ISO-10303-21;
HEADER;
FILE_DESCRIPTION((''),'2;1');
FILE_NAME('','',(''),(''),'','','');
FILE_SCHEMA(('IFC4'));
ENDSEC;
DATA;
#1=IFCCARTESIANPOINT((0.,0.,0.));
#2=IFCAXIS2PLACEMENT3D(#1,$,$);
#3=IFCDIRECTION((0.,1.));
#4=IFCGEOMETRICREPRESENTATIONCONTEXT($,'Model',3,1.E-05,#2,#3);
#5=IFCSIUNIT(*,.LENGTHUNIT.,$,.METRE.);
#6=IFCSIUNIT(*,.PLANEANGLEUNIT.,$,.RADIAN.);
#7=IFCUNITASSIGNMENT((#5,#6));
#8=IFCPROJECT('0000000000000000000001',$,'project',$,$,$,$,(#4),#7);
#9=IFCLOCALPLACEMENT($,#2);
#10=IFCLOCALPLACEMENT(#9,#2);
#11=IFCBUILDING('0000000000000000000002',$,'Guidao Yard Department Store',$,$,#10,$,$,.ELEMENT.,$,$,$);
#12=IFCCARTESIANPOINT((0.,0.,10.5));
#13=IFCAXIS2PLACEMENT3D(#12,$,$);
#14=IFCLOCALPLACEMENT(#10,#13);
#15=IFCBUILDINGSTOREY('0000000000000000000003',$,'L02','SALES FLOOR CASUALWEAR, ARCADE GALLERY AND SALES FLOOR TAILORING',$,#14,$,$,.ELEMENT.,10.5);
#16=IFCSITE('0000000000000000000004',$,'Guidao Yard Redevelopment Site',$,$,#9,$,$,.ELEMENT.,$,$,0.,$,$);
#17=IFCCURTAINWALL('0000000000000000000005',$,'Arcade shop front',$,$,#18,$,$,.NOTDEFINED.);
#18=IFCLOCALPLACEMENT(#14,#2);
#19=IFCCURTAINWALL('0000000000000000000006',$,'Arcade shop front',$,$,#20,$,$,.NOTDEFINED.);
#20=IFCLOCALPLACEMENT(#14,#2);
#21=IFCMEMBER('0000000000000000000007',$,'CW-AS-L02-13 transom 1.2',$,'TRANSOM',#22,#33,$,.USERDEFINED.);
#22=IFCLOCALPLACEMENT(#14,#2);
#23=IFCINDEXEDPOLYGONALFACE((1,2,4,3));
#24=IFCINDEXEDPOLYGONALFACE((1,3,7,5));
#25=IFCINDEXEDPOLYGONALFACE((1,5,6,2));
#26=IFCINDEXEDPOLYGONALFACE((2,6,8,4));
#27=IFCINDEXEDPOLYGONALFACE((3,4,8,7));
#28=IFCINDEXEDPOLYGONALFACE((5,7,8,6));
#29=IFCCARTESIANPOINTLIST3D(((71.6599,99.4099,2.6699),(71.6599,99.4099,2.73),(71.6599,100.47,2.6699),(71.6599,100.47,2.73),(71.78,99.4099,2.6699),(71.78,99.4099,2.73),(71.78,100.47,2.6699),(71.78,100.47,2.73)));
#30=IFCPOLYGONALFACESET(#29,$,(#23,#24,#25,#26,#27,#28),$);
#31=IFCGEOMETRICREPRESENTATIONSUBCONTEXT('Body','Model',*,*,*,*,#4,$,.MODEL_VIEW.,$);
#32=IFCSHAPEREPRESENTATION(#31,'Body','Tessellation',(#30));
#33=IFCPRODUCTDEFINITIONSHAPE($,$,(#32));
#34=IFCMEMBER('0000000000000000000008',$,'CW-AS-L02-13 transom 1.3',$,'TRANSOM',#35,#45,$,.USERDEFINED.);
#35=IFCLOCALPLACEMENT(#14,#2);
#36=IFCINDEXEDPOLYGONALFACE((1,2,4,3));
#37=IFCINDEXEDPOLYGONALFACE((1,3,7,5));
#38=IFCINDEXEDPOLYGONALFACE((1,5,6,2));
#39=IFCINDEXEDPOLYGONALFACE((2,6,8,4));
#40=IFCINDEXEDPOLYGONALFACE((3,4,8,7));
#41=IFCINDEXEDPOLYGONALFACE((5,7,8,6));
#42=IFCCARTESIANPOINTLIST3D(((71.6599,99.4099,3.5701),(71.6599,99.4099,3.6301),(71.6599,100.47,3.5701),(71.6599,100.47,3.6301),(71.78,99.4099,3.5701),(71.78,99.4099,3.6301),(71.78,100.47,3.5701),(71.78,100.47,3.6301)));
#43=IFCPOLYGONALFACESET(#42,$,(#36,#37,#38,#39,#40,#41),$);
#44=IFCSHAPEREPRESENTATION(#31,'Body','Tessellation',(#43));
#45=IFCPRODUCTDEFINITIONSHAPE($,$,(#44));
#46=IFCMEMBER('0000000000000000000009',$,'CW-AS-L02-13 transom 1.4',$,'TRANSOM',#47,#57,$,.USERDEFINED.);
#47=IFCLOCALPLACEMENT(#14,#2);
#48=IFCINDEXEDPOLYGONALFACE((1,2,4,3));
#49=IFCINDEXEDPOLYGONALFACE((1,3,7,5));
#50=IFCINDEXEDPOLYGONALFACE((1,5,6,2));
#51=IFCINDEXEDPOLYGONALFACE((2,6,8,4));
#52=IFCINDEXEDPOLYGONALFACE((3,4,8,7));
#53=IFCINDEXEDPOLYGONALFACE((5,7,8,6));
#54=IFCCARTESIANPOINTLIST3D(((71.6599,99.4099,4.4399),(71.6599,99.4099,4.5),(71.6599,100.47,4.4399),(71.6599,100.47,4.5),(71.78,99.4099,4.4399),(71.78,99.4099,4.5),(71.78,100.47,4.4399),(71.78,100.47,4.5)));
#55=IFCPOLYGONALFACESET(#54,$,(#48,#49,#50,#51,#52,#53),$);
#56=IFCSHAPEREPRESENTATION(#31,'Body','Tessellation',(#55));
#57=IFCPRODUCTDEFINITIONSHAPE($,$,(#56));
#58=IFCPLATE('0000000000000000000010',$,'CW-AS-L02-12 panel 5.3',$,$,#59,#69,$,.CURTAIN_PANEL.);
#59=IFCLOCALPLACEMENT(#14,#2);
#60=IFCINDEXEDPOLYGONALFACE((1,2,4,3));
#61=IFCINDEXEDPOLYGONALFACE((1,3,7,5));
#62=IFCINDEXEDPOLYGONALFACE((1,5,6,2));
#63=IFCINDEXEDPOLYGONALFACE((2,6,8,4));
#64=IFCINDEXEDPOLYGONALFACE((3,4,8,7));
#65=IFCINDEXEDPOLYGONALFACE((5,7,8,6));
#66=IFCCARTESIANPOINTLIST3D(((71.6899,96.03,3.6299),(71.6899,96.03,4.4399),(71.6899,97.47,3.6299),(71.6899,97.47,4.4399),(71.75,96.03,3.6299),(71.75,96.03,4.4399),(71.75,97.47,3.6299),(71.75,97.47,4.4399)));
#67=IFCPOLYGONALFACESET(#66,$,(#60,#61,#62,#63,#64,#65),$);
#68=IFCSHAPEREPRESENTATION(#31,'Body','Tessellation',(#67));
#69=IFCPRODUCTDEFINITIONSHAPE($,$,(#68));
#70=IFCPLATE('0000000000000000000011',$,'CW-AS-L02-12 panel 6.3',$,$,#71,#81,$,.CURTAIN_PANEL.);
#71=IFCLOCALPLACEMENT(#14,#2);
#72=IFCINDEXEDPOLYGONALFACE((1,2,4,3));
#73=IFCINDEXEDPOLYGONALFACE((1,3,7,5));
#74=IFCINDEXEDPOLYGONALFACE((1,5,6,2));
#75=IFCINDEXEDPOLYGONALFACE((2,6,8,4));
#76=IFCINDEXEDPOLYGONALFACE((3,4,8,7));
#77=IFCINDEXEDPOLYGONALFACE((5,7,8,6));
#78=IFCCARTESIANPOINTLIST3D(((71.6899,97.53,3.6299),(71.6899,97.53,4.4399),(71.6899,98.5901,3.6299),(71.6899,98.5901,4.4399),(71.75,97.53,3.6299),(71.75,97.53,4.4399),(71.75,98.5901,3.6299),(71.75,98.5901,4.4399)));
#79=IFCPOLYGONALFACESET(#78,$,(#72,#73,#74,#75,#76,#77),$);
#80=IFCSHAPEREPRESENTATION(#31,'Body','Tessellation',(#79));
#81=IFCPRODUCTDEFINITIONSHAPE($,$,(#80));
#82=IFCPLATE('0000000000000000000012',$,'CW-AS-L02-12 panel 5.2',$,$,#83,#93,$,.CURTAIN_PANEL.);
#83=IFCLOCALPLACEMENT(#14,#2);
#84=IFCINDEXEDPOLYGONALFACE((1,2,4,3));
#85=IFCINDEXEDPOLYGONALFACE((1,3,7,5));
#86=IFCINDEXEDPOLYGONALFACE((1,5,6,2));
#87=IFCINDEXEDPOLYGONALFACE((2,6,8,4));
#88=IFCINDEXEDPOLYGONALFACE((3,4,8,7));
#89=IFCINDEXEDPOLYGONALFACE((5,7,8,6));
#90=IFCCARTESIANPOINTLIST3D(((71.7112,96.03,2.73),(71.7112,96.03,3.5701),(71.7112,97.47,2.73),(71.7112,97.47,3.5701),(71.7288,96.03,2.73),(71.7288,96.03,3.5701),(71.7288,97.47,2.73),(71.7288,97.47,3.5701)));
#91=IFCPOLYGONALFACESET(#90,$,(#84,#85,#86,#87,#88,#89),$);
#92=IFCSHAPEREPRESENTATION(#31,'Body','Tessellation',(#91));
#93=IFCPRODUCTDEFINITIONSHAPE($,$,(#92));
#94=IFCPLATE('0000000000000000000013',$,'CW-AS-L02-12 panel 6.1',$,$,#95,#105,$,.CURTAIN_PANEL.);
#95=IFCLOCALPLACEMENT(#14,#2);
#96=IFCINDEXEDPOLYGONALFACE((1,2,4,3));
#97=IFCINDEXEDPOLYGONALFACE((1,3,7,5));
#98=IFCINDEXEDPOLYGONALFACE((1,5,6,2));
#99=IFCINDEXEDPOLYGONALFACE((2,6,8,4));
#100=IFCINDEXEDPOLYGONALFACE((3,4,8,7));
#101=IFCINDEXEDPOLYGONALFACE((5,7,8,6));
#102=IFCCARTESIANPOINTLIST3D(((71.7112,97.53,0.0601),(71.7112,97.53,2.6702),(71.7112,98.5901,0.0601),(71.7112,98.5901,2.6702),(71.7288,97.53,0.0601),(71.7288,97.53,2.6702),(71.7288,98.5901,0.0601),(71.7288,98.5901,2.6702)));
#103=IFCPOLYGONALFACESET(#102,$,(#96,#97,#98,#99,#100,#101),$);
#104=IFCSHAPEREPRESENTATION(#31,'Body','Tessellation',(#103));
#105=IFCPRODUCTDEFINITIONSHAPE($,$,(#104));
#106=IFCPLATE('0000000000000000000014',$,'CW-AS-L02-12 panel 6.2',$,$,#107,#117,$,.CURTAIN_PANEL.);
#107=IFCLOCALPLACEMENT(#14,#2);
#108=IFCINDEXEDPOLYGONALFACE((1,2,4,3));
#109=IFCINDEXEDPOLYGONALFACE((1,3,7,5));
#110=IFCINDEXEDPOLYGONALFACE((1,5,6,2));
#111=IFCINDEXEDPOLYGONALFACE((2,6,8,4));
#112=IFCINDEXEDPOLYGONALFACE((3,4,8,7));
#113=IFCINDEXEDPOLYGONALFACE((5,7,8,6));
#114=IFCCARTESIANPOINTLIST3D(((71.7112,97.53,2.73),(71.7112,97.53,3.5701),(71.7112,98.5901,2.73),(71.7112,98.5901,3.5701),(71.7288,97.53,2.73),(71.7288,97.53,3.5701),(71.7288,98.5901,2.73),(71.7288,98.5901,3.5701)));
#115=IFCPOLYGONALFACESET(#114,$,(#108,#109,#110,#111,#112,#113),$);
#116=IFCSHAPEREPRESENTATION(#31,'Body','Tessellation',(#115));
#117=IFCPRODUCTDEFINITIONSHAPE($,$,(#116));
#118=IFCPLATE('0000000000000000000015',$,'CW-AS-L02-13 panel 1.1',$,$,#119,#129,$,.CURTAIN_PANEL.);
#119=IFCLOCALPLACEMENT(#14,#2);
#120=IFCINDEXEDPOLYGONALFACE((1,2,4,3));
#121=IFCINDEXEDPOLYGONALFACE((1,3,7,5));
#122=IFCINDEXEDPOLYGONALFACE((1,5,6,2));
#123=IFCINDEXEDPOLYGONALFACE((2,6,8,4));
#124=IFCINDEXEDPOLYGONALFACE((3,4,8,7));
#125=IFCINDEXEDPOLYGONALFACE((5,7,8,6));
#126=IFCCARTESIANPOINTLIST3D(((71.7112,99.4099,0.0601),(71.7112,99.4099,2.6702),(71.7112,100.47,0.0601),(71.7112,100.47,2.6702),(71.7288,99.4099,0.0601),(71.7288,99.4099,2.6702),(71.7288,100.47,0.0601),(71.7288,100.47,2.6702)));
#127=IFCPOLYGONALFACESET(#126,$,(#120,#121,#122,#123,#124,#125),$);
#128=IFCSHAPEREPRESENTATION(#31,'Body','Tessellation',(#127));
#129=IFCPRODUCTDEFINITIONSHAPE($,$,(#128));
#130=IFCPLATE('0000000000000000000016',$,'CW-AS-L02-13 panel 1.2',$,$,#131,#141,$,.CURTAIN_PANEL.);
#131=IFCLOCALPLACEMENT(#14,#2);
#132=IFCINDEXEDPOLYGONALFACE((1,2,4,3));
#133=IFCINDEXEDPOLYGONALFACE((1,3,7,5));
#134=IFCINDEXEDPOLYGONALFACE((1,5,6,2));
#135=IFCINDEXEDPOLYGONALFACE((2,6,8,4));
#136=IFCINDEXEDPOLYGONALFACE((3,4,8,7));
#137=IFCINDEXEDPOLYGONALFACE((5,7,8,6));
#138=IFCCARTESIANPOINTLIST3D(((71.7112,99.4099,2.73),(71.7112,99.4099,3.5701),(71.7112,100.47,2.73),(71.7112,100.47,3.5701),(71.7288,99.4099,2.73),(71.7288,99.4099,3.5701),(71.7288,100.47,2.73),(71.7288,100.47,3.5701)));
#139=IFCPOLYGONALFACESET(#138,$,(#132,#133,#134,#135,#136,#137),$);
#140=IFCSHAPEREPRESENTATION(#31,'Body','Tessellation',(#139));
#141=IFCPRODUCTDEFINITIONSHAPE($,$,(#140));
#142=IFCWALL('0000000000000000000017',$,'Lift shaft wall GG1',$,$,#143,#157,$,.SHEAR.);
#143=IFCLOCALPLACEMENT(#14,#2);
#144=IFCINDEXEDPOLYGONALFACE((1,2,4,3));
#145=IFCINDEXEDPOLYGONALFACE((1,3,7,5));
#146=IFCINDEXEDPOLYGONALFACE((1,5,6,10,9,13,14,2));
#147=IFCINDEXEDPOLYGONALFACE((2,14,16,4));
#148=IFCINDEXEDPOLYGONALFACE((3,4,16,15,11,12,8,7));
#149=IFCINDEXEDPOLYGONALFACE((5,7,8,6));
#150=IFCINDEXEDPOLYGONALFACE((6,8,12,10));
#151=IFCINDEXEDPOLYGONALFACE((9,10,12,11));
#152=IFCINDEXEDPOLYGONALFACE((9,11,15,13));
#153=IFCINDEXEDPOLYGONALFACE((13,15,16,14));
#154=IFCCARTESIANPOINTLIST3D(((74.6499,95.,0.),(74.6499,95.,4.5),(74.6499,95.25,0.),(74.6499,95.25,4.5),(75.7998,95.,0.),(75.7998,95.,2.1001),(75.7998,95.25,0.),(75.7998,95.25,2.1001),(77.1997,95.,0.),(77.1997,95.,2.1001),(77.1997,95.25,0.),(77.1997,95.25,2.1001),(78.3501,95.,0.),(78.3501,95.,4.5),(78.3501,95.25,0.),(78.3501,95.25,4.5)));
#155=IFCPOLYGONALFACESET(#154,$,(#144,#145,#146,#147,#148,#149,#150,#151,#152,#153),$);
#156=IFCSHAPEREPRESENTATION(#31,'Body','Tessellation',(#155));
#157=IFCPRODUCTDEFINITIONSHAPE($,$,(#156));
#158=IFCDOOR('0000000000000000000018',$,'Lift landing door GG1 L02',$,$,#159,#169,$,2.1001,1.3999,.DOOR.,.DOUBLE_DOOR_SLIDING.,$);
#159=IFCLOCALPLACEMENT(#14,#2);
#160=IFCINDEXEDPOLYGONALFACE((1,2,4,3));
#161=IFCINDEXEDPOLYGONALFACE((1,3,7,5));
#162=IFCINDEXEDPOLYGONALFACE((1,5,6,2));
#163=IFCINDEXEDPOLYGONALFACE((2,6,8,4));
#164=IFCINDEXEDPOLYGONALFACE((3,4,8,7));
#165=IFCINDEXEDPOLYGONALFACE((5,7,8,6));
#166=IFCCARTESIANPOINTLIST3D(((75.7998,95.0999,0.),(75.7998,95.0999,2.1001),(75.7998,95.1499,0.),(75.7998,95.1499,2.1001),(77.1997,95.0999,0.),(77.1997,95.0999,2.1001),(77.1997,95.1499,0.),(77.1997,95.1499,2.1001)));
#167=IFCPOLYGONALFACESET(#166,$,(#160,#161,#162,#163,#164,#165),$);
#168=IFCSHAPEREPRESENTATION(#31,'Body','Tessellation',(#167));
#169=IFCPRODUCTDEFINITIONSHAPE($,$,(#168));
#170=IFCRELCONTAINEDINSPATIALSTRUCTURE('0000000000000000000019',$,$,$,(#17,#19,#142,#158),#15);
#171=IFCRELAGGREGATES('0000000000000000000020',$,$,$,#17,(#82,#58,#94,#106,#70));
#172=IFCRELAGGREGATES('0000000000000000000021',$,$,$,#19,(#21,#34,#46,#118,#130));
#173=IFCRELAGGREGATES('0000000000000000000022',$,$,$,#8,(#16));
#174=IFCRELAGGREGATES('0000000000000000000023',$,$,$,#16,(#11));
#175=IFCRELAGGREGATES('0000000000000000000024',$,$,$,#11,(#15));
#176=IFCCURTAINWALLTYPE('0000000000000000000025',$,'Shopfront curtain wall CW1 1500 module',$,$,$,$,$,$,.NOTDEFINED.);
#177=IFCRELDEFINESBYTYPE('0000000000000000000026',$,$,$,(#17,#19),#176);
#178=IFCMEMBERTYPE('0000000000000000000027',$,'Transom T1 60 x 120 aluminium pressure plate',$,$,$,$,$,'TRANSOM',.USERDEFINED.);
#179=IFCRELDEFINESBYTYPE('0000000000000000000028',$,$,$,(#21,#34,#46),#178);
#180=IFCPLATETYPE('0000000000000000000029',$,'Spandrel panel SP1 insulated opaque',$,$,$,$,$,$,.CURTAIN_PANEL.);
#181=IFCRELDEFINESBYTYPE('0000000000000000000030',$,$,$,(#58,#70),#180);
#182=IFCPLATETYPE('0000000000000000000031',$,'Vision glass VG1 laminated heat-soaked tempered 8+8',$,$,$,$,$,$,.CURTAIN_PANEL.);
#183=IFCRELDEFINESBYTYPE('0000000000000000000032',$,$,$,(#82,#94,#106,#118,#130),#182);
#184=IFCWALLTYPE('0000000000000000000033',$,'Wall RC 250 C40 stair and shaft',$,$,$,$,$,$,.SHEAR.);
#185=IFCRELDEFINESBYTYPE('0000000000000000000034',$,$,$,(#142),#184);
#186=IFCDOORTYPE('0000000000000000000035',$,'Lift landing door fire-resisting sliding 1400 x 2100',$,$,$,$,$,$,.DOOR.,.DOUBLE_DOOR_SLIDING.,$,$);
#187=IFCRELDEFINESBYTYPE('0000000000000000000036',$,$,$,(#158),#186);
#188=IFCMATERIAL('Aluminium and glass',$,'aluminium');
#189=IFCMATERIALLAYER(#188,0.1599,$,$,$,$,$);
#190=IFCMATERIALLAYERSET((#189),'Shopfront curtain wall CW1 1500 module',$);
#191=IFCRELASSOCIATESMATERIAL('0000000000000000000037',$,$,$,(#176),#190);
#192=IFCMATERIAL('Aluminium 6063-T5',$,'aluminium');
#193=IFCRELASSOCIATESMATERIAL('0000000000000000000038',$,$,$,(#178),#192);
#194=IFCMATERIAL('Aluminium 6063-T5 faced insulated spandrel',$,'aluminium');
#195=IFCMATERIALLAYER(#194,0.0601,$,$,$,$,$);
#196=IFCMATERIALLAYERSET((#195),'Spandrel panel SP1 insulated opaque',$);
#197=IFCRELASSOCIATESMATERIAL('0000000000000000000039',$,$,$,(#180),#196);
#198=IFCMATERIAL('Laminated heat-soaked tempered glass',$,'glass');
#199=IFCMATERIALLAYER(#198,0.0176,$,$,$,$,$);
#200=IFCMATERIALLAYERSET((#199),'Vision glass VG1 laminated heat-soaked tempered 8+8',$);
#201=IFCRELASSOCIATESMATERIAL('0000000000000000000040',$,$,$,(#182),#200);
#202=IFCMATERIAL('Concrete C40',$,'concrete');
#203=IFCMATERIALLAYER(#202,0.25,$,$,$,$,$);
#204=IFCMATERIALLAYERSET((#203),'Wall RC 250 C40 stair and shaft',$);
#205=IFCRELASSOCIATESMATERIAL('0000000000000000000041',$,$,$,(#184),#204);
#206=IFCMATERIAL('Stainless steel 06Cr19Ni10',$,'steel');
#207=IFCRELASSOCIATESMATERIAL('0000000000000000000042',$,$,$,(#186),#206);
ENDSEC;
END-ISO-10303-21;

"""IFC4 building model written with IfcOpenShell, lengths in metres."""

from ifc_helpers import new_model, si_unit, direction, frame, frame_2d, origin, origin_2d, place, context, subcontext, project, spatial, rectangle, extrude, material, layer, layer_set, material_profile, profile_set, type_object, element, fill, aggregate, save


model = new_model("IFC4")

# Units and contexts
model_context = context("Model", 3, precision=1e-05, world=origin(), true_north=direction((0.0, 1.0)))
body_context = subcontext(model_context, "Body", "Model", "MODEL_VIEW")
ifc_project = project(units=[si_unit("LENGTHUNIT", "METRE"), si_unit("PLANEANGLEUNIT", "RADIAN")], contexts=[model_context])

# Site, building, storey
site_placement = place(None, origin())
site = spatial("IfcSite", under=ifc_project, at=site_placement, Name="Guidao Yard Redevelopment Site", CompositionType="ELEMENT", RefElevation=0.0)
building_placement = place(site_placement, origin())
building = spatial("IfcBuilding", under=site, at=building_placement, Name="Guidao Yard Department Store", CompositionType="ELEMENT")
storey_placement = place(building_placement, frame((0.0, 0.0, 10.5)))
storey = spatial("IfcBuildingStorey", under=building, at=storey_placement, Name="L02", Description="SALES FLOOR CASUALWEAR, ARCADE GALLERY AND SALES FLOOR TAILORING", CompositionType="ELEMENT", Elevation=10.5)

# Curtain wall
ifc_material_1 = material(Name="Aluminium and glass", Category="aluminium")
ifc_layer_1 = layer(ifc_material_1, 0.1599)
ifc_layer_set_1 = layer_set([ifc_layer_1], Name="Shopfront curtain wall CW1 1500 module")
curtain_wall_type = type_object("IfcCurtainWallType", Name="Shopfront curtain wall CW1 1500 module", PredefinedType="NOTDEFINED", material=ifc_layer_set_1)
curtain_wall_1_placement = place(storey_placement, origin())
curtain_wall_1 = element("IfcCurtainWall", 1, at=curtain_wall_1_placement, inside=storey, type_object=curtain_wall_type, Name="Arcade shop front", PredefinedType="NOTDEFINED")

# Curtain wall
curtain_wall_2_placement = place(storey_placement, origin())
curtain_wall_2 = element("IfcCurtainWall", 2, at=curtain_wall_2_placement, inside=storey, type_object=curtain_wall_type, Name="Arcade shop front", PredefinedType="NOTDEFINED")

# Members
ifc_material_2 = material(Name="Aluminium 6063-T5", Category="aluminium")
ifc_material_profile_1 = material_profile(ifc_material_2, rectangle(XDim=0.1201, YDim=0.0601, at=origin_2d()), Name="Transom T1 60 x 120 aluminium pressure plate")
ifc_profile_set_1 = profile_set([ifc_material_profile_1], Name="Aluminium 6063-T5")
member_type_1 = type_object("IfcMemberType", Name="Transom T1 60 x 120 aluminium pressure plate", ElementType="TRANSOM", PredefinedType="USERDEFINED", material=ifc_profile_set_1)
member_1_placement = place(storey_placement, frame((71.72, 99.4099, 2.7), z_axis=(0.0, 1.0, 0.0), x_axis=(-1.0, 0.0, 0.0)))
member_1 = element("IfcMember", 3, at=member_1_placement, type_object=member_type_1, Name="CW-AS-L02-13 transom 1.2", ObjectType="TRANSOM", PredefinedType="USERDEFINED", context=body_context, shape_type="SweptSolid", body=[
    extrude(rectangle(XDim=0.1201, YDim=0.0601, at=origin_2d()), origin(), (0.0, 0.0, 1.0), 1.0601),
])
member_2_placement = place(storey_placement, frame((71.72, 99.4099, 3.6001), z_axis=(0.0, 1.0, 0.0), x_axis=(-1.0, 0.0, 0.0)))
member_2 = element("IfcMember", 4, at=member_2_placement, type_object=member_type_1, Name="CW-AS-L02-13 transom 1.3", ObjectType="TRANSOM", PredefinedType="USERDEFINED", context=body_context, shape_type="SweptSolid", body=[
    extrude(rectangle(XDim=0.1201, YDim=0.0601, at=origin_2d()), origin(), (0.0, 0.0, 1.0), 1.0601),
])
member_3_placement = place(storey_placement, frame((71.72, 99.4099, 4.47), z_axis=(0.0, 1.0, 0.0), x_axis=(-1.0, 0.0, 0.0)))
member_3 = element("IfcMember", 5, at=member_3_placement, type_object=member_type_1, Name="CW-AS-L02-13 transom 1.4", ObjectType="TRANSOM", PredefinedType="USERDEFINED", context=body_context, shape_type="SweptSolid", body=[
    extrude(rectangle(XDim=0.1201, YDim=0.0601, at=origin_2d()), origin(), (0.0, 0.0, 1.0), 1.0601),
])

# Plates
ifc_material_3 = material(Name="Aluminium 6063-T5 faced insulated spandrel", Category="aluminium")
ifc_layer_2 = layer(ifc_material_3, 0.0601)
ifc_layer_set_2 = layer_set([ifc_layer_2], Name="Spandrel panel SP1 insulated opaque")
plate_type_1 = type_object("IfcPlateType", Name="Spandrel panel SP1 insulated opaque", PredefinedType="CURTAIN_PANEL", material=ifc_layer_set_2)
plate_1_placement = place(storey_placement, frame((71.72, 96.75, 3.6299), z_axis=(0.0, 0.0, 1.0), x_axis=(0.0, 1.0, 0.0)))
plate_1 = element("IfcPlate", 6, at=plate_1_placement, type_object=plate_type_1, Name="CW-AS-L02-12 panel 5.3", PredefinedType="CURTAIN_PANEL", context=body_context, shape_type="SweptSolid", body=[
    extrude(rectangle(XDim=1.4399, YDim=0.0601, at=origin_2d()), origin(), (0.0, 0.0, 1.0), 0.8101),
])
plate_2_placement = place(storey_placement, frame((71.72, 98.0601, 3.6299), z_axis=(0.0, 0.0, 1.0), x_axis=(0.0, 1.0, 0.0)))
plate_2 = element("IfcPlate", 7, at=plate_2_placement, type_object=plate_type_1, Name="CW-AS-L02-12 panel 6.3", PredefinedType="CURTAIN_PANEL", context=body_context, shape_type="SweptSolid", body=[
    extrude(rectangle(XDim=1.0601, YDim=0.0601, at=origin_2d()), origin(), (0.0, 0.0, 1.0), 0.8101),
])
ifc_material_4 = material(Name="Laminated heat-soaked tempered glass", Category="glass")
ifc_layer_3 = layer(ifc_material_4, 0.0176)
ifc_layer_set_3 = layer_set([ifc_layer_3], Name="Vision glass VG1 laminated heat-soaked tempered 8+8")
plate_type_2 = type_object("IfcPlateType", Name="Vision glass VG1 laminated heat-soaked tempered 8+8", PredefinedType="CURTAIN_PANEL", material=ifc_layer_set_3)
plate_3_placement = place(storey_placement, frame((71.72, 96.75, 2.73), z_axis=(0.0, 0.0, 1.0), x_axis=(0.0, 1.0, 0.0)))
plate_3 = element("IfcPlate", 8, at=plate_3_placement, type_object=plate_type_2, Name="CW-AS-L02-12 panel 5.2", PredefinedType="CURTAIN_PANEL", context=body_context, shape_type="SweptSolid", body=[
    extrude(rectangle(XDim=1.4399, YDim=0.0176, at=origin_2d()), origin(), (0.0, 0.0, 1.0), 0.8401),
])
plate_4_placement = place(storey_placement, frame((71.72, 98.0601, 0.0601), z_axis=(0.0, 0.0, 1.0), x_axis=(0.0, 1.0, 0.0)))
plate_4 = element("IfcPlate", 9, at=plate_4_placement, type_object=plate_type_2, Name="CW-AS-L02-12 panel 6.1", PredefinedType="CURTAIN_PANEL", context=body_context, shape_type="SweptSolid", body=[
    extrude(rectangle(XDim=1.0601, YDim=0.0176, at=origin_2d()), origin(), (0.0, 0.0, 1.0), 2.6101),
])
plate_5_placement = place(storey_placement, frame((71.72, 98.0601, 2.73), z_axis=(0.0, 0.0, 1.0), x_axis=(0.0, 1.0, 0.0)))
plate_5 = element("IfcPlate", 10, at=plate_5_placement, type_object=plate_type_2, Name="CW-AS-L02-12 panel 6.2", PredefinedType="CURTAIN_PANEL", context=body_context, shape_type="SweptSolid", body=[
    extrude(rectangle(XDim=1.0601, YDim=0.0176, at=origin_2d()), origin(), (0.0, 0.0, 1.0), 0.8401),
])
aggregate(curtain_wall_1, [plate_3, plate_1, plate_4, plate_5, plate_2])
plate_6_placement = place(storey_placement, frame((71.72, 99.9399, 0.0601), z_axis=(0.0, 0.0, 1.0), x_axis=(0.0, 1.0, 0.0)))
plate_6 = element("IfcPlate", 11, at=plate_6_placement, type_object=plate_type_2, Name="CW-AS-L02-13 panel 1.1", PredefinedType="CURTAIN_PANEL", context=body_context, shape_type="SweptSolid", body=[
    extrude(rectangle(XDim=1.0601, YDim=0.0176, at=origin_2d()), origin(), (0.0, 0.0, 1.0), 2.6101),
])
plate_7_placement = place(storey_placement, frame((71.72, 99.9399, 2.73), z_axis=(0.0, 0.0, 1.0), x_axis=(0.0, 1.0, 0.0)))
plate_7 = element("IfcPlate", 12, at=plate_7_placement, type_object=plate_type_2, Name="CW-AS-L02-13 panel 1.2", PredefinedType="CURTAIN_PANEL", context=body_context, shape_type="SweptSolid", body=[
    extrude(rectangle(XDim=1.0601, YDim=0.0176, at=origin_2d()), origin(), (0.0, 0.0, 1.0), 0.8401),
])
aggregate(curtain_wall_2, [member_1, member_2, member_3, plate_6, plate_7])

# Wall, opening, door
ifc_material_5 = material(Name="Concrete C40", Category="concrete")
ifc_layer_4 = layer(ifc_material_5, 0.25)
ifc_layer_set_4 = layer_set([ifc_layer_4], Name="Wall RC 250 C40 stair and shaft")
wall_type = type_object("IfcWallType", Name="Wall RC 250 C40 stair and shaft", PredefinedType="SHEAR", material=ifc_layer_set_4)
wall_placement = place(storey_placement, frame((74.6499, 95.125, 0.0), z_axis=(0.0, 0.0, 1.0), x_axis=(1.0, 0.0, 0.0)))
wall = element("IfcWall", 13, at=wall_placement, inside=storey, type_object=wall_type, Name="Lift shaft wall GG1", PredefinedType="SHEAR", context=body_context, shape_type="SweptSolid", body=[
    extrude(rectangle(XDim=3.7002, YDim=0.25, at=frame_2d((1.8501, 0.0))), origin(), (0.0, 0.0, 1.0), 4.5),
])
opening_placement = place(wall_placement, frame((1.1499, 0.0, 0.0)))
opening = element("IfcOpeningElement", 14, at=opening_placement, cuts=wall, PredefinedType="OPENING", context=body_context, shape_type="SweptSolid", body=[
    extrude(rectangle(XDim=1.3999, YDim=2.1001, at=frame_2d((0.7, 1.05))), frame((0.0, 0.135, 0.0), z_axis=(0.0, -1.0, 0.0), x_axis=(1.0, 0.0, 0.0)), (0.0, 0.0, 1.0), 0.27),
])
ifc_material_6 = material(Name="Stainless steel 06Cr19Ni10", Category="steel")
door_type = type_object("IfcDoorType", Name="Lift landing door fire-resisting sliding 1400 x 2100", OperationType="DOUBLE_DOOR_SLIDING", PredefinedType="DOOR", material=ifc_material_6)
door_placement = place(opening_placement, origin())
door = element("IfcDoor", 15, at=door_placement, inside=storey, type_object=door_type, Name="Lift landing door GG1 L02", OperationType="DOUBLE_DOOR_SLIDING", OverallHeight=2.1001, OverallWidth=1.3999, PredefinedType="DOOR", context=body_context, shape_type="SweptSolid", body=[
    extrude(rectangle(XDim=1.3999, YDim=2.1001, at=frame_2d((0.7, 1.05))), frame((0.0, 0.0249, 0.0), z_axis=(0.0, -1.0, 0.0), x_axis=(1.0, 0.0, 0.0)), (0.0, 0.0, 1.0), 0.05),
])
fill(opening, door)

save(model, "model.ifc")
